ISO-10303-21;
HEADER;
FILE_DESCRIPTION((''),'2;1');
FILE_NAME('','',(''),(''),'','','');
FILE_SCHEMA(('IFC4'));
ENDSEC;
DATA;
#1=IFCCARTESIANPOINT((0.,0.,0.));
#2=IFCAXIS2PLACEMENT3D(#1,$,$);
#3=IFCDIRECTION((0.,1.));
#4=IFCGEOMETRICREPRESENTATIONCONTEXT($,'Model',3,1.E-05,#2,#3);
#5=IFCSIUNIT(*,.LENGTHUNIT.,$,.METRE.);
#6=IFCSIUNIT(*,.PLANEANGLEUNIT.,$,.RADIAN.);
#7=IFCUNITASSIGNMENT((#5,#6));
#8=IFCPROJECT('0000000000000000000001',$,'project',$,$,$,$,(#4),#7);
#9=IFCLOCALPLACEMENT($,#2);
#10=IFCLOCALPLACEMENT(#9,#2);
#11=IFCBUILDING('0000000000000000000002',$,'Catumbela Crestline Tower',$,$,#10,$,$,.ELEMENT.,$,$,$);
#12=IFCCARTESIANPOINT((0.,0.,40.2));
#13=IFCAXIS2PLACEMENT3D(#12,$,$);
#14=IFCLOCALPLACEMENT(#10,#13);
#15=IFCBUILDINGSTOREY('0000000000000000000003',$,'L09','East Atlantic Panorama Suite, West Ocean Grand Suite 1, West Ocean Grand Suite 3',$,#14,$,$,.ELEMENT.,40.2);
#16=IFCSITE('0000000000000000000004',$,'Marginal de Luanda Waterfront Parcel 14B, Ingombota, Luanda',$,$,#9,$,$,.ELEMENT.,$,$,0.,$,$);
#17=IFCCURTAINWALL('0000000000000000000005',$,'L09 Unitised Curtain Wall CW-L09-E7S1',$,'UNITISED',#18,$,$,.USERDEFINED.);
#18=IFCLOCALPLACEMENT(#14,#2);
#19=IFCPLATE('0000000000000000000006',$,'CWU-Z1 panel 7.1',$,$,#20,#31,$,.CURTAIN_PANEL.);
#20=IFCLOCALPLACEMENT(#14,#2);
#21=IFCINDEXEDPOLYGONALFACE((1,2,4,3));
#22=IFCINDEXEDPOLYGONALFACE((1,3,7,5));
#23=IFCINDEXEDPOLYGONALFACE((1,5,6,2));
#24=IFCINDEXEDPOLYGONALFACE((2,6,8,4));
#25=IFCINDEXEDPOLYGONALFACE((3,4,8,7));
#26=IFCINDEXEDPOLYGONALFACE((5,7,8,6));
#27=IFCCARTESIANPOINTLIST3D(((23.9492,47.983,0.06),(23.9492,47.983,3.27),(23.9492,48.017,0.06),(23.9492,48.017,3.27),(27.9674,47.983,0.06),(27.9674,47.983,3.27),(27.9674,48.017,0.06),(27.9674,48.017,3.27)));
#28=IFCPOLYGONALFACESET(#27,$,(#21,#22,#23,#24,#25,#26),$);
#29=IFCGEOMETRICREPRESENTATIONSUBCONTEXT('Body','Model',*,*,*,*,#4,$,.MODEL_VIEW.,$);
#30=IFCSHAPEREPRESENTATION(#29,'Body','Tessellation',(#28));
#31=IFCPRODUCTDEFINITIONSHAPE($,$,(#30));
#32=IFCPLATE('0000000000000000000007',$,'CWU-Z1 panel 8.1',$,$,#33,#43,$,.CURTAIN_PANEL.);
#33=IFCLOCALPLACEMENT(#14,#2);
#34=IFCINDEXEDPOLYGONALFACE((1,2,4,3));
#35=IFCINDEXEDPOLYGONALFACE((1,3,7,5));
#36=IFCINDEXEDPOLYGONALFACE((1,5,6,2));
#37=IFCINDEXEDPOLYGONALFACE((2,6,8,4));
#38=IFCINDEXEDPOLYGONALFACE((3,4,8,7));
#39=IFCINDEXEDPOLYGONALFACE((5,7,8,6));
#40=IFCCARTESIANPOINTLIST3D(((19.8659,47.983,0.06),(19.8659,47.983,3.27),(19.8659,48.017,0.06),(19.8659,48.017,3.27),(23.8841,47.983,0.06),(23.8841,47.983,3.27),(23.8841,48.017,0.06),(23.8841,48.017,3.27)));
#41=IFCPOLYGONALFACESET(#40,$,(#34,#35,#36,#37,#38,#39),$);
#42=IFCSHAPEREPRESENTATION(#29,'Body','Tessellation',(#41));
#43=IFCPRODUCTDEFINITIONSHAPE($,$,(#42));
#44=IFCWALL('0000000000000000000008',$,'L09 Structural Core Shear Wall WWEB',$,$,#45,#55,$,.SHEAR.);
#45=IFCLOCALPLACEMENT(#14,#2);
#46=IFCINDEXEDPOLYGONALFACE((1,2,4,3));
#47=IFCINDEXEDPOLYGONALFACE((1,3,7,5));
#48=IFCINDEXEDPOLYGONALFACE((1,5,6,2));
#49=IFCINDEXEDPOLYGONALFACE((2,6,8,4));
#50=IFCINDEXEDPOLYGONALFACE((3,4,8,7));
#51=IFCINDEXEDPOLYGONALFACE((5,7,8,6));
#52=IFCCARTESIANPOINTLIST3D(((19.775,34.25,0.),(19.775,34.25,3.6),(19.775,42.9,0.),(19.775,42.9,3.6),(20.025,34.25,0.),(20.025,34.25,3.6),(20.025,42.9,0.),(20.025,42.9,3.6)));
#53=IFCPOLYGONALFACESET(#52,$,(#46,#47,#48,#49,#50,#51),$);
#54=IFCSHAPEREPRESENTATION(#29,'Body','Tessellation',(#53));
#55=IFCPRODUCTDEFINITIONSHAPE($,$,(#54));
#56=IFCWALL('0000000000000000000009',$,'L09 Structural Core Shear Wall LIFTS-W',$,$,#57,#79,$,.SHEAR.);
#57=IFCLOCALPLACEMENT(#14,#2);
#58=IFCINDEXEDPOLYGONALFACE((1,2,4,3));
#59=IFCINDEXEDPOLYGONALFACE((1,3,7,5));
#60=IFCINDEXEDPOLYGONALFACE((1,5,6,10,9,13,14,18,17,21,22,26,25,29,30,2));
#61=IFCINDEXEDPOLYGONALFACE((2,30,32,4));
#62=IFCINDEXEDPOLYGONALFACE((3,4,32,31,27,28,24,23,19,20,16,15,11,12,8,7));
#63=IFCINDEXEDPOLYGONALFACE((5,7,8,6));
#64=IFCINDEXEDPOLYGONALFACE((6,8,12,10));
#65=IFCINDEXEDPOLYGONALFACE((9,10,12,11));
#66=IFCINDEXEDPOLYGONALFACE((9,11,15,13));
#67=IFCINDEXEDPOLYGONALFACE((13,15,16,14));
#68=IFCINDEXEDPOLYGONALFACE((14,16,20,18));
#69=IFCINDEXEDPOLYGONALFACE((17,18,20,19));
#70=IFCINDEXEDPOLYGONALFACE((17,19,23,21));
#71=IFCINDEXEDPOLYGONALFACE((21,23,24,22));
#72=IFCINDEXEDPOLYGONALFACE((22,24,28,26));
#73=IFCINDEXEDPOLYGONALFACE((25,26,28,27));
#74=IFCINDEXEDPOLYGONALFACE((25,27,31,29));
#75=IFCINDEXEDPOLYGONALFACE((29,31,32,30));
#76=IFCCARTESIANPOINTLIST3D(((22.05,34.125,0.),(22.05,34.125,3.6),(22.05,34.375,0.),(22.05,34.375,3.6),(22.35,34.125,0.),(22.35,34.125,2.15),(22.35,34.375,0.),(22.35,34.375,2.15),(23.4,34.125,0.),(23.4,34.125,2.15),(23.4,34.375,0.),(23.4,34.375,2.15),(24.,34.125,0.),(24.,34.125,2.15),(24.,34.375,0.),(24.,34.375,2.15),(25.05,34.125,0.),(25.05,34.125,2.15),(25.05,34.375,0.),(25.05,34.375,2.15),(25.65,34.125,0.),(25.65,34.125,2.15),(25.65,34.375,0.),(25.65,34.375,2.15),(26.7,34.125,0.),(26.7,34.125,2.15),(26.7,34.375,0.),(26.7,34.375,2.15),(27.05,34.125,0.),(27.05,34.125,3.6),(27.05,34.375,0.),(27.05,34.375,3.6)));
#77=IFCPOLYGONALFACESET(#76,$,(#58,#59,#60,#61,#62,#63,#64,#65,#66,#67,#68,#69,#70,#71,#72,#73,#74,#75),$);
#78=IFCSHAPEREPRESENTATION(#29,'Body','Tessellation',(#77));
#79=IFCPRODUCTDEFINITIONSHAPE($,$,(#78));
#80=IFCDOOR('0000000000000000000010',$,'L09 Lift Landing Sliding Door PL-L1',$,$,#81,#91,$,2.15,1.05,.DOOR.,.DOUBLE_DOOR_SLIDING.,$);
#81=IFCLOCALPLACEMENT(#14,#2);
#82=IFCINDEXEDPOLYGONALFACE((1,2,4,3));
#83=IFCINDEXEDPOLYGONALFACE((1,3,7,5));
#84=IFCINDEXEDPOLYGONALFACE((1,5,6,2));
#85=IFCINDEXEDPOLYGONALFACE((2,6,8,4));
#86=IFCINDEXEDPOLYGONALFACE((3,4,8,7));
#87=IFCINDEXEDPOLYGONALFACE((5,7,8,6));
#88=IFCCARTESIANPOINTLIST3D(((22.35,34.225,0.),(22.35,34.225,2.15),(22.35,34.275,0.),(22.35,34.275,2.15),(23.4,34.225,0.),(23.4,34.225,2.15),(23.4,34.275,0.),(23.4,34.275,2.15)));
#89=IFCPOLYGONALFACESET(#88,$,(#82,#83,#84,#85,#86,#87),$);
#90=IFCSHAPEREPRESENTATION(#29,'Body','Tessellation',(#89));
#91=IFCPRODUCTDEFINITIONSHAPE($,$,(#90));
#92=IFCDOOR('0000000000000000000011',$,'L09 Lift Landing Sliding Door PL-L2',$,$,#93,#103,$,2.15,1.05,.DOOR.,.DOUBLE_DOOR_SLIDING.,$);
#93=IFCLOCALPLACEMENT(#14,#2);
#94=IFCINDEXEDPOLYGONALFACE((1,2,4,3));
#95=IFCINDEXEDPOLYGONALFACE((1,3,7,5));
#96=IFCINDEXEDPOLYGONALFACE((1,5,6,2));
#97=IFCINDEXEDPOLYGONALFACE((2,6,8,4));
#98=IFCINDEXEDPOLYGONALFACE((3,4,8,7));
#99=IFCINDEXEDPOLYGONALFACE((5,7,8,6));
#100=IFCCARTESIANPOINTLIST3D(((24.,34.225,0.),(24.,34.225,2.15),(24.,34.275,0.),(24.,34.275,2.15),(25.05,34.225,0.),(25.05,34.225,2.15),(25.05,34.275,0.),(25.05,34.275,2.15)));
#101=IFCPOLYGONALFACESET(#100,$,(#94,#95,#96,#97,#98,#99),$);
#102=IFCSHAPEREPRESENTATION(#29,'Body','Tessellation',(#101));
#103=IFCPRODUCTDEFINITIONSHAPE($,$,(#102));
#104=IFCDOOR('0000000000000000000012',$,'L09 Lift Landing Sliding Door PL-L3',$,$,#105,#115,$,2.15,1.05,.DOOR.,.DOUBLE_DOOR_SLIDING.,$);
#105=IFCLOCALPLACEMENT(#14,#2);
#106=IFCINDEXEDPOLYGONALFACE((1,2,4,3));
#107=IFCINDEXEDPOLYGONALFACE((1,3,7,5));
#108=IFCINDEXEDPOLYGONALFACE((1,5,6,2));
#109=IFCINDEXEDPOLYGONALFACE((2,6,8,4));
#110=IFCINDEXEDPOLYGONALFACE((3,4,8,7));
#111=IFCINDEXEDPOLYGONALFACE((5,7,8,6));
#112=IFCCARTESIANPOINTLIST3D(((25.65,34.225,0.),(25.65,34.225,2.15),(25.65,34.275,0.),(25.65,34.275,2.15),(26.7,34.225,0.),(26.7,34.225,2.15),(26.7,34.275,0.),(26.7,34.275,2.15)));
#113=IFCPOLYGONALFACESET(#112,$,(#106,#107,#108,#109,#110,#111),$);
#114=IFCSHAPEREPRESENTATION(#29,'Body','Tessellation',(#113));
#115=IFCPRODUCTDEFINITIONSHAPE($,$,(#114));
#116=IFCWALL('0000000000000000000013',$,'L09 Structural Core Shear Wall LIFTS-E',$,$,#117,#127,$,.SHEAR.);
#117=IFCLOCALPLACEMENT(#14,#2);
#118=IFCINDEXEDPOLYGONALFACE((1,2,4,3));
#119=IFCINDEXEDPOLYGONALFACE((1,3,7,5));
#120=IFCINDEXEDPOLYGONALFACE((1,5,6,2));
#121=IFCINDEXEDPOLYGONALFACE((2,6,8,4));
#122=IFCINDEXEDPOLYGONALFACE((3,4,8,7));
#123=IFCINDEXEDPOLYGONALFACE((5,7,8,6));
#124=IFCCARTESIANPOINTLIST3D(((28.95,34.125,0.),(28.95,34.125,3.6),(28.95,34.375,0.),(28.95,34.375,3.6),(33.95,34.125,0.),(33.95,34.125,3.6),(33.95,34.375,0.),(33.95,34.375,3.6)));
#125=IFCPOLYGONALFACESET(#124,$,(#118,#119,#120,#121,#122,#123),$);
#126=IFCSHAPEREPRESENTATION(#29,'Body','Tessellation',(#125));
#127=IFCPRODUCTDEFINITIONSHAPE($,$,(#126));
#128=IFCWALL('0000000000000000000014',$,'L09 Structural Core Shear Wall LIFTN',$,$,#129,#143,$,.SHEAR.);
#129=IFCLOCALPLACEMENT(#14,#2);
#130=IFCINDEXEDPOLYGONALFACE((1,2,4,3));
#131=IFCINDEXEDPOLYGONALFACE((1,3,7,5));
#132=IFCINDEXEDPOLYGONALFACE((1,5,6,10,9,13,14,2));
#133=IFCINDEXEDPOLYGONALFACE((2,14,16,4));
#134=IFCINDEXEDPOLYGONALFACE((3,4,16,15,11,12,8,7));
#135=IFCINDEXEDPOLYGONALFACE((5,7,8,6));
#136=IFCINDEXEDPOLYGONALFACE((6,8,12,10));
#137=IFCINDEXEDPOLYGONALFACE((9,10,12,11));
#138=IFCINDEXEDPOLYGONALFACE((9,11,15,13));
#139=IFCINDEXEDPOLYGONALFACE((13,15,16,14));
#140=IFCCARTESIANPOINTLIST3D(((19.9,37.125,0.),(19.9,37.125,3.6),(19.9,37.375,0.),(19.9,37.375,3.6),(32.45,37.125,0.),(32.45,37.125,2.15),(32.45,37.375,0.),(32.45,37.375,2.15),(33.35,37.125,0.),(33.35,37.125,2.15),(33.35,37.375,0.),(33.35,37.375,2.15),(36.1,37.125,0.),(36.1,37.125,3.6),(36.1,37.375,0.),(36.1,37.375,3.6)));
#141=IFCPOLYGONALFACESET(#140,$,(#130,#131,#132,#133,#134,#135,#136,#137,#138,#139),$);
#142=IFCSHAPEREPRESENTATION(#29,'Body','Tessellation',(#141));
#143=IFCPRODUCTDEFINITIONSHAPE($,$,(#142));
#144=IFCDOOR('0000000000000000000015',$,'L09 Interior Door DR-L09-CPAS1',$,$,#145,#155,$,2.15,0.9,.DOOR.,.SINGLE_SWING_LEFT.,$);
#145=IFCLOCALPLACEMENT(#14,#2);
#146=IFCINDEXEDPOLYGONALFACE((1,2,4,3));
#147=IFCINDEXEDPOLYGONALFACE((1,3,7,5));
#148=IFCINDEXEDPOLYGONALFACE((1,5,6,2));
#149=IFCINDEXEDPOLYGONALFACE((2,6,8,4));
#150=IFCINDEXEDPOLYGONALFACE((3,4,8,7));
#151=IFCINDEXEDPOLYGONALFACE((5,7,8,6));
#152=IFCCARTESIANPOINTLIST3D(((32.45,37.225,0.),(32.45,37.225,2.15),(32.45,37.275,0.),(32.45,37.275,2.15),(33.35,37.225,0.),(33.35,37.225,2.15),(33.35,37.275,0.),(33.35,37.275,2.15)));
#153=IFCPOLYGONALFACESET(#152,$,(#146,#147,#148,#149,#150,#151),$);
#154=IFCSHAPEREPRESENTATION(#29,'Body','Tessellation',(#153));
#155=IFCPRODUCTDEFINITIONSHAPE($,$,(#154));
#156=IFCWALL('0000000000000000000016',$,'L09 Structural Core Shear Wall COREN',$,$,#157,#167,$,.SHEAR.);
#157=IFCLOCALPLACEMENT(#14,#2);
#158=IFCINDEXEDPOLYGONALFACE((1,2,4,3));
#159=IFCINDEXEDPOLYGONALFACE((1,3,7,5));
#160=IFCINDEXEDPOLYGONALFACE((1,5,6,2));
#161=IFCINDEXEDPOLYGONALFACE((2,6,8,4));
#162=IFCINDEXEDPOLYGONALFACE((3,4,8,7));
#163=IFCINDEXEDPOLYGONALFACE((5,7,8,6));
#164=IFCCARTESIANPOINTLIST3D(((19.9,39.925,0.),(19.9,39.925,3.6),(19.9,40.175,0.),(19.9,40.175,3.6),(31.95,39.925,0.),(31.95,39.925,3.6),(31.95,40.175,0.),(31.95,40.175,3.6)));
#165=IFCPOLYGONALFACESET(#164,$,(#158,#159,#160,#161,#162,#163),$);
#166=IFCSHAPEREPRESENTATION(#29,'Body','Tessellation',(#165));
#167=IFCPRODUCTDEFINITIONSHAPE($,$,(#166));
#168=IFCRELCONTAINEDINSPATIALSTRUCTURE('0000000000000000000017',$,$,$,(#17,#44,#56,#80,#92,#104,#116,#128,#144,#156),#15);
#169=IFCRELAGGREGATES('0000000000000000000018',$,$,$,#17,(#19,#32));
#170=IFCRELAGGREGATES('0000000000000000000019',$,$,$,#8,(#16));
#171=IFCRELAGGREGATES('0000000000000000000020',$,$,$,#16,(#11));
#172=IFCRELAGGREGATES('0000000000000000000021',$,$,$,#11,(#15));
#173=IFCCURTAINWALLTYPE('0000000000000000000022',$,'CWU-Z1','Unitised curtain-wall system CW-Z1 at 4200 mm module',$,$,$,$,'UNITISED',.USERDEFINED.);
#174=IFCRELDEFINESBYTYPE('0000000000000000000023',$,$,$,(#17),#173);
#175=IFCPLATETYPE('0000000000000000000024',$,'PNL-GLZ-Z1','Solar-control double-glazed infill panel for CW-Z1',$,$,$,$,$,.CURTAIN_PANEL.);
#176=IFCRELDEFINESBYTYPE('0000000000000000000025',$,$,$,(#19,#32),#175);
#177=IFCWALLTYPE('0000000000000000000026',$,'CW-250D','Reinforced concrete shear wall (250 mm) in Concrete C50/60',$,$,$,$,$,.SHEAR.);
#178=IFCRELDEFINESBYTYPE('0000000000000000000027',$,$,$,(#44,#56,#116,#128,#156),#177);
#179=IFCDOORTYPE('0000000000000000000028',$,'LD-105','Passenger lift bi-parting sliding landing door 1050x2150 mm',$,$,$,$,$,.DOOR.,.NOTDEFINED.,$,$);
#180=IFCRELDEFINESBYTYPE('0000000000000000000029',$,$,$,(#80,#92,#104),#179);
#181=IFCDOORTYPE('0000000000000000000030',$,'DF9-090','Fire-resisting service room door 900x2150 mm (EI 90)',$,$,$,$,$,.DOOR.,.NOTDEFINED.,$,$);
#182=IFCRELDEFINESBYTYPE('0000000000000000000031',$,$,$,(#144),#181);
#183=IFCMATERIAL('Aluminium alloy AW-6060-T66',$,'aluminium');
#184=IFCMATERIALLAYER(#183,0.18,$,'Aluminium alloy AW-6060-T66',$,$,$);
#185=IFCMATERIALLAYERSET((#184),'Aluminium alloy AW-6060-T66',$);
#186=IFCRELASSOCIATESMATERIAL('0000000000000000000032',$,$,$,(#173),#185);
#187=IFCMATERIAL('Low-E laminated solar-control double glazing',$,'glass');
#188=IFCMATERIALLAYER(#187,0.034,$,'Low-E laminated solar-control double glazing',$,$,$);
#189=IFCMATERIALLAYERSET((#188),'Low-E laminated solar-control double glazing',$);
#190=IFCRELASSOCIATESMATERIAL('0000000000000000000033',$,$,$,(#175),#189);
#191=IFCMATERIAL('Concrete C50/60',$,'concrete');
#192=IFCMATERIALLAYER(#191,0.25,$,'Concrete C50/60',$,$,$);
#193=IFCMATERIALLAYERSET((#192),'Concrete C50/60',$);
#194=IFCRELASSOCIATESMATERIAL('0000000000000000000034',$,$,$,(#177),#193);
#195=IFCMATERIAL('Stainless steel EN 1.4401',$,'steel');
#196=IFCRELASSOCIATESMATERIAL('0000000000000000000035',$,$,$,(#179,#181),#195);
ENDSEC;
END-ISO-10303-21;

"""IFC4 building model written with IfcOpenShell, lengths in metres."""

from ifc_helpers import new_model, si_unit, direction, frame, frame_2d, origin, origin_2d, place, context, subcontext, project, spatial, rectangle, extrude, material, layer, layer_set, type_object, element, fill, aggregate, save


model = new_model("IFC4")

# Units and contexts
model_context = context("Model", 3, precision=1e-05, world=origin(), true_north=direction((0.0, 1.0)))
body_context = subcontext(model_context, "Body", "Model", "MODEL_VIEW")
ifc_project = project(units=[si_unit("LENGTHUNIT", "METRE"), si_unit("PLANEANGLEUNIT", "RADIAN")], contexts=[model_context])

# Site, building, storey
site_placement = place(None, origin())
site = spatial("IfcSite", under=ifc_project, at=site_placement, Name="Marginal de Luanda Waterfront Parcel 14B, Ingombota, Luanda", CompositionType="ELEMENT", RefElevation=0.0)
building_placement = place(site_placement, origin())
building = spatial("IfcBuilding", under=site, at=building_placement, Name="Catumbela Crestline Tower", CompositionType="ELEMENT")
storey_placement = place(building_placement, frame((0.0, 0.0, 40.2)))
storey = spatial("IfcBuildingStorey", under=building, at=storey_placement, Name="L09", Description="East Atlantic Panorama Suite, West Ocean Grand Suite 1, West Ocean Grand Suite 3", CompositionType="ELEMENT", Elevation=40.2)

# Curtain wall, plates
ifc_material_1 = material(Name="Aluminium alloy AW-6060-T66", Category="aluminium")
ifc_layer_1 = layer(ifc_material_1, 0.18, Name="Aluminium alloy AW-6060-T66")
ifc_layer_set_1 = layer_set([ifc_layer_1], Name="Aluminium alloy AW-6060-T66")
curtain_wall_type = type_object("IfcCurtainWallType", Name="CWU-Z1", Description="Unitised curtain-wall system CW-Z1 at 4200 mm module", ElementType="UNITISED", PredefinedType="USERDEFINED", material=ifc_layer_set_1)
curtain_wall_placement = place(storey_placement, origin())
curtain_wall = element("IfcCurtainWall", 1, at=curtain_wall_placement, inside=storey, type_object=curtain_wall_type, Name="L09 Unitised Curtain Wall CW-L09-E7S1", ObjectType="UNITISED", PredefinedType="USERDEFINED")
ifc_material_2 = material(Name="Low-E laminated solar-control double glazing", Category="glass")
ifc_layer_2 = layer(ifc_material_2, 0.034, Name="Low-E laminated solar-control double glazing")
ifc_layer_set_2 = layer_set([ifc_layer_2], Name="Low-E laminated solar-control double glazing")
plate_type = type_object("IfcPlateType", Name="PNL-GLZ-Z1", Description="Solar-control double-glazed infill panel for CW-Z1", PredefinedType="CURTAIN_PANEL", material=ifc_layer_set_2)
plate_1_placement = place(storey_placement, frame((25.9583, 48.0, 0.06), z_axis=(0.0, 0.0, 1.0), x_axis=(-1.0, 0.0, 0.0)))
plate_1 = element("IfcPlate", 2, at=plate_1_placement, type_object=plate_type, Name="CWU-Z1 panel 7.1", PredefinedType="CURTAIN_PANEL", context=body_context, shape_type="SweptSolid", body=[
    extrude(rectangle(XDim=4.0183, YDim=0.034, at=origin_2d()), origin(), (0.0, 0.0, 1.0), 3.21),
])
plate_2_placement = place(storey_placement, frame((21.875, 48.0, 0.06), z_axis=(0.0, 0.0, 1.0), x_axis=(-1.0, 0.0, 0.0)))
plate_2 = element("IfcPlate", 3, at=plate_2_placement, type_object=plate_type, Name="CWU-Z1 panel 8.1", PredefinedType="CURTAIN_PANEL", context=body_context, shape_type="SweptSolid", body=[
    extrude(rectangle(XDim=4.0183, YDim=0.034, at=origin_2d()), origin(), (0.0, 0.0, 1.0), 3.21),
])
aggregate(curtain_wall, [plate_1, plate_2])

# Wall
ifc_material_3 = material(Name="Concrete C50/60", Category="concrete")
ifc_layer_3 = layer(ifc_material_3, 0.25, Name="Concrete C50/60")
ifc_layer_set_3 = layer_set([ifc_layer_3], Name="Concrete C50/60")
wall_type_1 = type_object("IfcWallType", Name="CW-250D", Description="Reinforced concrete shear wall (250 mm) in Concrete C50/60", PredefinedType="SHEAR", material=ifc_layer_set_3)
wall_1_placement = place(storey_placement, frame((19.9, 34.25, 0.0), z_axis=(0.0, 0.0, 1.0), x_axis=(0.0, 1.0, 0.0)))
element("IfcWall", 4, at=wall_1_placement, inside=storey, type_object=wall_type_1, Name="L09 Structural Core Shear Wall WWEB", PredefinedType="SHEAR", context=body_context, shape_type="SweptSolid", body=[
    extrude(rectangle(XDim=8.65, YDim=0.25, at=frame_2d((4.325, 0.0))), origin(), (0.0, 0.0, 1.0), 3.6),
])

# Wall, openings, doors
wall_2_placement = place(storey_placement, frame((22.05, 34.25, 0.0), z_axis=(0.0, 0.0, 1.0), x_axis=(1.0, 0.0, 0.0)))
wall_2 = element("IfcWall", 5, at=wall_2_placement, inside=storey, type_object=wall_type_1, Name="L09 Structural Core Shear Wall LIFTS-W", PredefinedType="SHEAR", context=body_context, shape_type="SweptSolid", body=[
    extrude(rectangle(XDim=5.0, YDim=0.25, at=frame_2d((2.5, 0.0))), origin(), (0.0, 0.0, 1.0), 3.6),
])
opening_1_placement = place(wall_2_placement, frame((0.3, 0.0, 0.0)))
opening_1 = element("IfcOpeningElement", 6, at=opening_1_placement, cuts=wall_2, PredefinedType="OPENING", context=body_context, shape_type="SweptSolid", body=[
    extrude(rectangle(XDim=1.05, YDim=2.15, at=frame_2d((0.525, 1.075))), frame((0.0, 0.135, 0.0), z_axis=(0.0, -1.0, 0.0), x_axis=(1.0, 0.0, 0.0)), (0.0, 0.0, 1.0), 0.27),
])
opening_2_placement = place(wall_2_placement, frame((1.95, 0.0, 0.0)))
opening_2 = element("IfcOpeningElement", 7, at=opening_2_placement, cuts=wall_2, PredefinedType="OPENING", context=body_context, shape_type="SweptSolid", body=[
    extrude(rectangle(XDim=1.05, YDim=2.15, at=frame_2d((0.525, 1.075))), frame((0.0, 0.135, 0.0), z_axis=(0.0, -1.0, 0.0), x_axis=(1.0, 0.0, 0.0)), (0.0, 0.0, 1.0), 0.27),
])
opening_3_placement = place(wall_2_placement, frame((3.6, 0.0, 0.0)))
opening_3 = element("IfcOpeningElement", 8, at=opening_3_placement, cuts=wall_2, PredefinedType="OPENING", context=body_context, shape_type="SweptSolid", body=[
    extrude(rectangle(XDim=1.05, YDim=2.15, at=frame_2d((0.525, 1.075))), frame((0.0, 0.135, 0.0), z_axis=(0.0, -1.0, 0.0), x_axis=(1.0, 0.0, 0.0)), (0.0, 0.0, 1.0), 0.27),
])
ifc_material_4 = material(Name="Stainless steel EN 1.4401", Category="steel")
door_type_1 = type_object("IfcDoorType", Name="LD-105", Description="Passenger lift bi-parting sliding landing door 1050x2150 mm", OperationType="NOTDEFINED", PredefinedType="DOOR", material=ifc_material_4)
door_1_placement = place(opening_1_placement, origin())
door_1 = element("IfcDoor", 9, at=door_1_placement, inside=storey, type_object=door_type_1, Name="L09 Lift Landing Sliding Door PL-L1", OperationType="DOUBLE_DOOR_SLIDING", OverallHeight=2.15, OverallWidth=1.05, PredefinedType="DOOR", context=body_context, shape_type="SweptSolid", body=[
    extrude(rectangle(XDim=1.05, YDim=2.15, at=frame_2d((0.525, 1.075))), frame((0.0, 0.025, 0.0), z_axis=(0.0, -1.0, 0.0), x_axis=(1.0, 0.0, 0.0)), (0.0, 0.0, 1.0), 0.05),
])
fill(opening_1, door_1)
door_2_placement = place(opening_2_placement, origin())
door_2 = element("IfcDoor", 10, at=door_2_placement, inside=storey, type_object=door_type_1, Name="L09 Lift Landing Sliding Door PL-L2", OperationType="DOUBLE_DOOR_SLIDING", OverallHeight=2.15, OverallWidth=1.05, PredefinedType="DOOR", context=body_context, shape_type="SweptSolid", body=[
    extrude(rectangle(XDim=1.05, YDim=2.15, at=frame_2d((0.525, 1.075))), frame((0.0, 0.025, 0.0), z_axis=(0.0, -1.0, 0.0), x_axis=(1.0, 0.0, 0.0)), (0.0, 0.0, 1.0), 0.05),
])
fill(opening_2, door_2)
door_3_placement = place(opening_3_placement, origin())
door_3 = element("IfcDoor", 11, at=door_3_placement, inside=storey, type_object=door_type_1, Name="L09 Lift Landing Sliding Door PL-L3", OperationType="DOUBLE_DOOR_SLIDING", OverallHeight=2.15, OverallWidth=1.05, PredefinedType="DOOR", context=body_context, shape_type="SweptSolid", body=[
    extrude(rectangle(XDim=1.05, YDim=2.15, at=frame_2d((0.525, 1.075))), frame((0.0, 0.025, 0.0), z_axis=(0.0, -1.0, 0.0), x_axis=(1.0, 0.0, 0.0)), (0.0, 0.0, 1.0), 0.05),
])
fill(opening_3, door_3)

# Wall
wall_3_placement = place(storey_placement, frame((28.95, 34.25, 0.0), z_axis=(0.0, 0.0, 1.0), x_axis=(1.0, 0.0, 0.0)))
element("IfcWall", 12, at=wall_3_placement, inside=storey, type_object=wall_type_1, Name="L09 Structural Core Shear Wall LIFTS-E", PredefinedType="SHEAR", context=body_context, shape_type="SweptSolid", body=[
    extrude(rectangle(XDim=5.0, YDim=0.25, at=frame_2d((2.5, 0.0))), origin(), (0.0, 0.0, 1.0), 3.6),
])

# Wall, opening, door
wall_4_placement = place(storey_placement, frame((19.9, 37.25, 0.0), z_axis=(0.0, 0.0, 1.0), x_axis=(1.0, 0.0, 0.0)))
wall_4 = element("IfcWall", 13, at=wall_4_placement, inside=storey, type_object=wall_type_1, Name="L09 Structural Core Shear Wall LIFTN", PredefinedType="SHEAR", context=body_context, shape_type="SweptSolid", body=[
    extrude(rectangle(XDim=16.2, YDim=0.25, at=frame_2d((8.1, 0.0))), origin(), (0.0, 0.0, 1.0), 3.6),
])
opening_4_placement = place(wall_4_placement, frame((12.55, 0.0, 0.0)))
opening_4 = element("IfcOpeningElement", 14, at=opening_4_placement, cuts=wall_4, PredefinedType="OPENING", context=body_context, shape_type="SweptSolid", body=[
    extrude(rectangle(XDim=0.9, YDim=2.15, at=frame_2d((0.45, 1.075))), frame((0.0, 0.135, 0.0), z_axis=(0.0, -1.0, 0.0), x_axis=(1.0, 0.0, 0.0)), (0.0, 0.0, 1.0), 0.27),
])
door_type_2 = type_object("IfcDoorType", Name="DF9-090", Description="Fire-resisting service room door 900x2150 mm (EI 90)", OperationType="NOTDEFINED", PredefinedType="DOOR", material=ifc_material_4)
door_4_placement = place(opening_4_placement, origin())
door_4 = element("IfcDoor", 15, at=door_4_placement, inside=storey, type_object=door_type_2, Name="L09 Interior Door DR-L09-CPAS1", OperationType="SINGLE_SWING_LEFT", OverallHeight=2.15, OverallWidth=0.9, PredefinedType="DOOR", context=body_context, shape_type="SweptSolid", body=[
    extrude(rectangle(XDim=0.9, YDim=2.15, at=frame_2d((0.45, 1.075))), frame((0.0, 0.025, 0.0), z_axis=(0.0, -1.0, 0.0), x_axis=(1.0, 0.0, 0.0)), (0.0, 0.0, 1.0), 0.05),
])
fill(opening_4, door_4)

# Wall
wall_5_placement = place(storey_placement, frame((19.9, 40.05, 0.0), z_axis=(0.0, 0.0, 1.0), x_axis=(1.0, 0.0, 0.0)))
element("IfcWall", 16, at=wall_5_placement, inside=storey, type_object=wall_type_1, Name="L09 Structural Core Shear Wall COREN", PredefinedType="SHEAR", context=body_context, shape_type="SweptSolid", body=[
    extrude(rectangle(XDim=12.05, YDim=0.25, at=frame_2d((6.025, 0.0))), origin(), (0.0, 0.0, 1.0), 3.6),
])

save(model, "model.ifc")
